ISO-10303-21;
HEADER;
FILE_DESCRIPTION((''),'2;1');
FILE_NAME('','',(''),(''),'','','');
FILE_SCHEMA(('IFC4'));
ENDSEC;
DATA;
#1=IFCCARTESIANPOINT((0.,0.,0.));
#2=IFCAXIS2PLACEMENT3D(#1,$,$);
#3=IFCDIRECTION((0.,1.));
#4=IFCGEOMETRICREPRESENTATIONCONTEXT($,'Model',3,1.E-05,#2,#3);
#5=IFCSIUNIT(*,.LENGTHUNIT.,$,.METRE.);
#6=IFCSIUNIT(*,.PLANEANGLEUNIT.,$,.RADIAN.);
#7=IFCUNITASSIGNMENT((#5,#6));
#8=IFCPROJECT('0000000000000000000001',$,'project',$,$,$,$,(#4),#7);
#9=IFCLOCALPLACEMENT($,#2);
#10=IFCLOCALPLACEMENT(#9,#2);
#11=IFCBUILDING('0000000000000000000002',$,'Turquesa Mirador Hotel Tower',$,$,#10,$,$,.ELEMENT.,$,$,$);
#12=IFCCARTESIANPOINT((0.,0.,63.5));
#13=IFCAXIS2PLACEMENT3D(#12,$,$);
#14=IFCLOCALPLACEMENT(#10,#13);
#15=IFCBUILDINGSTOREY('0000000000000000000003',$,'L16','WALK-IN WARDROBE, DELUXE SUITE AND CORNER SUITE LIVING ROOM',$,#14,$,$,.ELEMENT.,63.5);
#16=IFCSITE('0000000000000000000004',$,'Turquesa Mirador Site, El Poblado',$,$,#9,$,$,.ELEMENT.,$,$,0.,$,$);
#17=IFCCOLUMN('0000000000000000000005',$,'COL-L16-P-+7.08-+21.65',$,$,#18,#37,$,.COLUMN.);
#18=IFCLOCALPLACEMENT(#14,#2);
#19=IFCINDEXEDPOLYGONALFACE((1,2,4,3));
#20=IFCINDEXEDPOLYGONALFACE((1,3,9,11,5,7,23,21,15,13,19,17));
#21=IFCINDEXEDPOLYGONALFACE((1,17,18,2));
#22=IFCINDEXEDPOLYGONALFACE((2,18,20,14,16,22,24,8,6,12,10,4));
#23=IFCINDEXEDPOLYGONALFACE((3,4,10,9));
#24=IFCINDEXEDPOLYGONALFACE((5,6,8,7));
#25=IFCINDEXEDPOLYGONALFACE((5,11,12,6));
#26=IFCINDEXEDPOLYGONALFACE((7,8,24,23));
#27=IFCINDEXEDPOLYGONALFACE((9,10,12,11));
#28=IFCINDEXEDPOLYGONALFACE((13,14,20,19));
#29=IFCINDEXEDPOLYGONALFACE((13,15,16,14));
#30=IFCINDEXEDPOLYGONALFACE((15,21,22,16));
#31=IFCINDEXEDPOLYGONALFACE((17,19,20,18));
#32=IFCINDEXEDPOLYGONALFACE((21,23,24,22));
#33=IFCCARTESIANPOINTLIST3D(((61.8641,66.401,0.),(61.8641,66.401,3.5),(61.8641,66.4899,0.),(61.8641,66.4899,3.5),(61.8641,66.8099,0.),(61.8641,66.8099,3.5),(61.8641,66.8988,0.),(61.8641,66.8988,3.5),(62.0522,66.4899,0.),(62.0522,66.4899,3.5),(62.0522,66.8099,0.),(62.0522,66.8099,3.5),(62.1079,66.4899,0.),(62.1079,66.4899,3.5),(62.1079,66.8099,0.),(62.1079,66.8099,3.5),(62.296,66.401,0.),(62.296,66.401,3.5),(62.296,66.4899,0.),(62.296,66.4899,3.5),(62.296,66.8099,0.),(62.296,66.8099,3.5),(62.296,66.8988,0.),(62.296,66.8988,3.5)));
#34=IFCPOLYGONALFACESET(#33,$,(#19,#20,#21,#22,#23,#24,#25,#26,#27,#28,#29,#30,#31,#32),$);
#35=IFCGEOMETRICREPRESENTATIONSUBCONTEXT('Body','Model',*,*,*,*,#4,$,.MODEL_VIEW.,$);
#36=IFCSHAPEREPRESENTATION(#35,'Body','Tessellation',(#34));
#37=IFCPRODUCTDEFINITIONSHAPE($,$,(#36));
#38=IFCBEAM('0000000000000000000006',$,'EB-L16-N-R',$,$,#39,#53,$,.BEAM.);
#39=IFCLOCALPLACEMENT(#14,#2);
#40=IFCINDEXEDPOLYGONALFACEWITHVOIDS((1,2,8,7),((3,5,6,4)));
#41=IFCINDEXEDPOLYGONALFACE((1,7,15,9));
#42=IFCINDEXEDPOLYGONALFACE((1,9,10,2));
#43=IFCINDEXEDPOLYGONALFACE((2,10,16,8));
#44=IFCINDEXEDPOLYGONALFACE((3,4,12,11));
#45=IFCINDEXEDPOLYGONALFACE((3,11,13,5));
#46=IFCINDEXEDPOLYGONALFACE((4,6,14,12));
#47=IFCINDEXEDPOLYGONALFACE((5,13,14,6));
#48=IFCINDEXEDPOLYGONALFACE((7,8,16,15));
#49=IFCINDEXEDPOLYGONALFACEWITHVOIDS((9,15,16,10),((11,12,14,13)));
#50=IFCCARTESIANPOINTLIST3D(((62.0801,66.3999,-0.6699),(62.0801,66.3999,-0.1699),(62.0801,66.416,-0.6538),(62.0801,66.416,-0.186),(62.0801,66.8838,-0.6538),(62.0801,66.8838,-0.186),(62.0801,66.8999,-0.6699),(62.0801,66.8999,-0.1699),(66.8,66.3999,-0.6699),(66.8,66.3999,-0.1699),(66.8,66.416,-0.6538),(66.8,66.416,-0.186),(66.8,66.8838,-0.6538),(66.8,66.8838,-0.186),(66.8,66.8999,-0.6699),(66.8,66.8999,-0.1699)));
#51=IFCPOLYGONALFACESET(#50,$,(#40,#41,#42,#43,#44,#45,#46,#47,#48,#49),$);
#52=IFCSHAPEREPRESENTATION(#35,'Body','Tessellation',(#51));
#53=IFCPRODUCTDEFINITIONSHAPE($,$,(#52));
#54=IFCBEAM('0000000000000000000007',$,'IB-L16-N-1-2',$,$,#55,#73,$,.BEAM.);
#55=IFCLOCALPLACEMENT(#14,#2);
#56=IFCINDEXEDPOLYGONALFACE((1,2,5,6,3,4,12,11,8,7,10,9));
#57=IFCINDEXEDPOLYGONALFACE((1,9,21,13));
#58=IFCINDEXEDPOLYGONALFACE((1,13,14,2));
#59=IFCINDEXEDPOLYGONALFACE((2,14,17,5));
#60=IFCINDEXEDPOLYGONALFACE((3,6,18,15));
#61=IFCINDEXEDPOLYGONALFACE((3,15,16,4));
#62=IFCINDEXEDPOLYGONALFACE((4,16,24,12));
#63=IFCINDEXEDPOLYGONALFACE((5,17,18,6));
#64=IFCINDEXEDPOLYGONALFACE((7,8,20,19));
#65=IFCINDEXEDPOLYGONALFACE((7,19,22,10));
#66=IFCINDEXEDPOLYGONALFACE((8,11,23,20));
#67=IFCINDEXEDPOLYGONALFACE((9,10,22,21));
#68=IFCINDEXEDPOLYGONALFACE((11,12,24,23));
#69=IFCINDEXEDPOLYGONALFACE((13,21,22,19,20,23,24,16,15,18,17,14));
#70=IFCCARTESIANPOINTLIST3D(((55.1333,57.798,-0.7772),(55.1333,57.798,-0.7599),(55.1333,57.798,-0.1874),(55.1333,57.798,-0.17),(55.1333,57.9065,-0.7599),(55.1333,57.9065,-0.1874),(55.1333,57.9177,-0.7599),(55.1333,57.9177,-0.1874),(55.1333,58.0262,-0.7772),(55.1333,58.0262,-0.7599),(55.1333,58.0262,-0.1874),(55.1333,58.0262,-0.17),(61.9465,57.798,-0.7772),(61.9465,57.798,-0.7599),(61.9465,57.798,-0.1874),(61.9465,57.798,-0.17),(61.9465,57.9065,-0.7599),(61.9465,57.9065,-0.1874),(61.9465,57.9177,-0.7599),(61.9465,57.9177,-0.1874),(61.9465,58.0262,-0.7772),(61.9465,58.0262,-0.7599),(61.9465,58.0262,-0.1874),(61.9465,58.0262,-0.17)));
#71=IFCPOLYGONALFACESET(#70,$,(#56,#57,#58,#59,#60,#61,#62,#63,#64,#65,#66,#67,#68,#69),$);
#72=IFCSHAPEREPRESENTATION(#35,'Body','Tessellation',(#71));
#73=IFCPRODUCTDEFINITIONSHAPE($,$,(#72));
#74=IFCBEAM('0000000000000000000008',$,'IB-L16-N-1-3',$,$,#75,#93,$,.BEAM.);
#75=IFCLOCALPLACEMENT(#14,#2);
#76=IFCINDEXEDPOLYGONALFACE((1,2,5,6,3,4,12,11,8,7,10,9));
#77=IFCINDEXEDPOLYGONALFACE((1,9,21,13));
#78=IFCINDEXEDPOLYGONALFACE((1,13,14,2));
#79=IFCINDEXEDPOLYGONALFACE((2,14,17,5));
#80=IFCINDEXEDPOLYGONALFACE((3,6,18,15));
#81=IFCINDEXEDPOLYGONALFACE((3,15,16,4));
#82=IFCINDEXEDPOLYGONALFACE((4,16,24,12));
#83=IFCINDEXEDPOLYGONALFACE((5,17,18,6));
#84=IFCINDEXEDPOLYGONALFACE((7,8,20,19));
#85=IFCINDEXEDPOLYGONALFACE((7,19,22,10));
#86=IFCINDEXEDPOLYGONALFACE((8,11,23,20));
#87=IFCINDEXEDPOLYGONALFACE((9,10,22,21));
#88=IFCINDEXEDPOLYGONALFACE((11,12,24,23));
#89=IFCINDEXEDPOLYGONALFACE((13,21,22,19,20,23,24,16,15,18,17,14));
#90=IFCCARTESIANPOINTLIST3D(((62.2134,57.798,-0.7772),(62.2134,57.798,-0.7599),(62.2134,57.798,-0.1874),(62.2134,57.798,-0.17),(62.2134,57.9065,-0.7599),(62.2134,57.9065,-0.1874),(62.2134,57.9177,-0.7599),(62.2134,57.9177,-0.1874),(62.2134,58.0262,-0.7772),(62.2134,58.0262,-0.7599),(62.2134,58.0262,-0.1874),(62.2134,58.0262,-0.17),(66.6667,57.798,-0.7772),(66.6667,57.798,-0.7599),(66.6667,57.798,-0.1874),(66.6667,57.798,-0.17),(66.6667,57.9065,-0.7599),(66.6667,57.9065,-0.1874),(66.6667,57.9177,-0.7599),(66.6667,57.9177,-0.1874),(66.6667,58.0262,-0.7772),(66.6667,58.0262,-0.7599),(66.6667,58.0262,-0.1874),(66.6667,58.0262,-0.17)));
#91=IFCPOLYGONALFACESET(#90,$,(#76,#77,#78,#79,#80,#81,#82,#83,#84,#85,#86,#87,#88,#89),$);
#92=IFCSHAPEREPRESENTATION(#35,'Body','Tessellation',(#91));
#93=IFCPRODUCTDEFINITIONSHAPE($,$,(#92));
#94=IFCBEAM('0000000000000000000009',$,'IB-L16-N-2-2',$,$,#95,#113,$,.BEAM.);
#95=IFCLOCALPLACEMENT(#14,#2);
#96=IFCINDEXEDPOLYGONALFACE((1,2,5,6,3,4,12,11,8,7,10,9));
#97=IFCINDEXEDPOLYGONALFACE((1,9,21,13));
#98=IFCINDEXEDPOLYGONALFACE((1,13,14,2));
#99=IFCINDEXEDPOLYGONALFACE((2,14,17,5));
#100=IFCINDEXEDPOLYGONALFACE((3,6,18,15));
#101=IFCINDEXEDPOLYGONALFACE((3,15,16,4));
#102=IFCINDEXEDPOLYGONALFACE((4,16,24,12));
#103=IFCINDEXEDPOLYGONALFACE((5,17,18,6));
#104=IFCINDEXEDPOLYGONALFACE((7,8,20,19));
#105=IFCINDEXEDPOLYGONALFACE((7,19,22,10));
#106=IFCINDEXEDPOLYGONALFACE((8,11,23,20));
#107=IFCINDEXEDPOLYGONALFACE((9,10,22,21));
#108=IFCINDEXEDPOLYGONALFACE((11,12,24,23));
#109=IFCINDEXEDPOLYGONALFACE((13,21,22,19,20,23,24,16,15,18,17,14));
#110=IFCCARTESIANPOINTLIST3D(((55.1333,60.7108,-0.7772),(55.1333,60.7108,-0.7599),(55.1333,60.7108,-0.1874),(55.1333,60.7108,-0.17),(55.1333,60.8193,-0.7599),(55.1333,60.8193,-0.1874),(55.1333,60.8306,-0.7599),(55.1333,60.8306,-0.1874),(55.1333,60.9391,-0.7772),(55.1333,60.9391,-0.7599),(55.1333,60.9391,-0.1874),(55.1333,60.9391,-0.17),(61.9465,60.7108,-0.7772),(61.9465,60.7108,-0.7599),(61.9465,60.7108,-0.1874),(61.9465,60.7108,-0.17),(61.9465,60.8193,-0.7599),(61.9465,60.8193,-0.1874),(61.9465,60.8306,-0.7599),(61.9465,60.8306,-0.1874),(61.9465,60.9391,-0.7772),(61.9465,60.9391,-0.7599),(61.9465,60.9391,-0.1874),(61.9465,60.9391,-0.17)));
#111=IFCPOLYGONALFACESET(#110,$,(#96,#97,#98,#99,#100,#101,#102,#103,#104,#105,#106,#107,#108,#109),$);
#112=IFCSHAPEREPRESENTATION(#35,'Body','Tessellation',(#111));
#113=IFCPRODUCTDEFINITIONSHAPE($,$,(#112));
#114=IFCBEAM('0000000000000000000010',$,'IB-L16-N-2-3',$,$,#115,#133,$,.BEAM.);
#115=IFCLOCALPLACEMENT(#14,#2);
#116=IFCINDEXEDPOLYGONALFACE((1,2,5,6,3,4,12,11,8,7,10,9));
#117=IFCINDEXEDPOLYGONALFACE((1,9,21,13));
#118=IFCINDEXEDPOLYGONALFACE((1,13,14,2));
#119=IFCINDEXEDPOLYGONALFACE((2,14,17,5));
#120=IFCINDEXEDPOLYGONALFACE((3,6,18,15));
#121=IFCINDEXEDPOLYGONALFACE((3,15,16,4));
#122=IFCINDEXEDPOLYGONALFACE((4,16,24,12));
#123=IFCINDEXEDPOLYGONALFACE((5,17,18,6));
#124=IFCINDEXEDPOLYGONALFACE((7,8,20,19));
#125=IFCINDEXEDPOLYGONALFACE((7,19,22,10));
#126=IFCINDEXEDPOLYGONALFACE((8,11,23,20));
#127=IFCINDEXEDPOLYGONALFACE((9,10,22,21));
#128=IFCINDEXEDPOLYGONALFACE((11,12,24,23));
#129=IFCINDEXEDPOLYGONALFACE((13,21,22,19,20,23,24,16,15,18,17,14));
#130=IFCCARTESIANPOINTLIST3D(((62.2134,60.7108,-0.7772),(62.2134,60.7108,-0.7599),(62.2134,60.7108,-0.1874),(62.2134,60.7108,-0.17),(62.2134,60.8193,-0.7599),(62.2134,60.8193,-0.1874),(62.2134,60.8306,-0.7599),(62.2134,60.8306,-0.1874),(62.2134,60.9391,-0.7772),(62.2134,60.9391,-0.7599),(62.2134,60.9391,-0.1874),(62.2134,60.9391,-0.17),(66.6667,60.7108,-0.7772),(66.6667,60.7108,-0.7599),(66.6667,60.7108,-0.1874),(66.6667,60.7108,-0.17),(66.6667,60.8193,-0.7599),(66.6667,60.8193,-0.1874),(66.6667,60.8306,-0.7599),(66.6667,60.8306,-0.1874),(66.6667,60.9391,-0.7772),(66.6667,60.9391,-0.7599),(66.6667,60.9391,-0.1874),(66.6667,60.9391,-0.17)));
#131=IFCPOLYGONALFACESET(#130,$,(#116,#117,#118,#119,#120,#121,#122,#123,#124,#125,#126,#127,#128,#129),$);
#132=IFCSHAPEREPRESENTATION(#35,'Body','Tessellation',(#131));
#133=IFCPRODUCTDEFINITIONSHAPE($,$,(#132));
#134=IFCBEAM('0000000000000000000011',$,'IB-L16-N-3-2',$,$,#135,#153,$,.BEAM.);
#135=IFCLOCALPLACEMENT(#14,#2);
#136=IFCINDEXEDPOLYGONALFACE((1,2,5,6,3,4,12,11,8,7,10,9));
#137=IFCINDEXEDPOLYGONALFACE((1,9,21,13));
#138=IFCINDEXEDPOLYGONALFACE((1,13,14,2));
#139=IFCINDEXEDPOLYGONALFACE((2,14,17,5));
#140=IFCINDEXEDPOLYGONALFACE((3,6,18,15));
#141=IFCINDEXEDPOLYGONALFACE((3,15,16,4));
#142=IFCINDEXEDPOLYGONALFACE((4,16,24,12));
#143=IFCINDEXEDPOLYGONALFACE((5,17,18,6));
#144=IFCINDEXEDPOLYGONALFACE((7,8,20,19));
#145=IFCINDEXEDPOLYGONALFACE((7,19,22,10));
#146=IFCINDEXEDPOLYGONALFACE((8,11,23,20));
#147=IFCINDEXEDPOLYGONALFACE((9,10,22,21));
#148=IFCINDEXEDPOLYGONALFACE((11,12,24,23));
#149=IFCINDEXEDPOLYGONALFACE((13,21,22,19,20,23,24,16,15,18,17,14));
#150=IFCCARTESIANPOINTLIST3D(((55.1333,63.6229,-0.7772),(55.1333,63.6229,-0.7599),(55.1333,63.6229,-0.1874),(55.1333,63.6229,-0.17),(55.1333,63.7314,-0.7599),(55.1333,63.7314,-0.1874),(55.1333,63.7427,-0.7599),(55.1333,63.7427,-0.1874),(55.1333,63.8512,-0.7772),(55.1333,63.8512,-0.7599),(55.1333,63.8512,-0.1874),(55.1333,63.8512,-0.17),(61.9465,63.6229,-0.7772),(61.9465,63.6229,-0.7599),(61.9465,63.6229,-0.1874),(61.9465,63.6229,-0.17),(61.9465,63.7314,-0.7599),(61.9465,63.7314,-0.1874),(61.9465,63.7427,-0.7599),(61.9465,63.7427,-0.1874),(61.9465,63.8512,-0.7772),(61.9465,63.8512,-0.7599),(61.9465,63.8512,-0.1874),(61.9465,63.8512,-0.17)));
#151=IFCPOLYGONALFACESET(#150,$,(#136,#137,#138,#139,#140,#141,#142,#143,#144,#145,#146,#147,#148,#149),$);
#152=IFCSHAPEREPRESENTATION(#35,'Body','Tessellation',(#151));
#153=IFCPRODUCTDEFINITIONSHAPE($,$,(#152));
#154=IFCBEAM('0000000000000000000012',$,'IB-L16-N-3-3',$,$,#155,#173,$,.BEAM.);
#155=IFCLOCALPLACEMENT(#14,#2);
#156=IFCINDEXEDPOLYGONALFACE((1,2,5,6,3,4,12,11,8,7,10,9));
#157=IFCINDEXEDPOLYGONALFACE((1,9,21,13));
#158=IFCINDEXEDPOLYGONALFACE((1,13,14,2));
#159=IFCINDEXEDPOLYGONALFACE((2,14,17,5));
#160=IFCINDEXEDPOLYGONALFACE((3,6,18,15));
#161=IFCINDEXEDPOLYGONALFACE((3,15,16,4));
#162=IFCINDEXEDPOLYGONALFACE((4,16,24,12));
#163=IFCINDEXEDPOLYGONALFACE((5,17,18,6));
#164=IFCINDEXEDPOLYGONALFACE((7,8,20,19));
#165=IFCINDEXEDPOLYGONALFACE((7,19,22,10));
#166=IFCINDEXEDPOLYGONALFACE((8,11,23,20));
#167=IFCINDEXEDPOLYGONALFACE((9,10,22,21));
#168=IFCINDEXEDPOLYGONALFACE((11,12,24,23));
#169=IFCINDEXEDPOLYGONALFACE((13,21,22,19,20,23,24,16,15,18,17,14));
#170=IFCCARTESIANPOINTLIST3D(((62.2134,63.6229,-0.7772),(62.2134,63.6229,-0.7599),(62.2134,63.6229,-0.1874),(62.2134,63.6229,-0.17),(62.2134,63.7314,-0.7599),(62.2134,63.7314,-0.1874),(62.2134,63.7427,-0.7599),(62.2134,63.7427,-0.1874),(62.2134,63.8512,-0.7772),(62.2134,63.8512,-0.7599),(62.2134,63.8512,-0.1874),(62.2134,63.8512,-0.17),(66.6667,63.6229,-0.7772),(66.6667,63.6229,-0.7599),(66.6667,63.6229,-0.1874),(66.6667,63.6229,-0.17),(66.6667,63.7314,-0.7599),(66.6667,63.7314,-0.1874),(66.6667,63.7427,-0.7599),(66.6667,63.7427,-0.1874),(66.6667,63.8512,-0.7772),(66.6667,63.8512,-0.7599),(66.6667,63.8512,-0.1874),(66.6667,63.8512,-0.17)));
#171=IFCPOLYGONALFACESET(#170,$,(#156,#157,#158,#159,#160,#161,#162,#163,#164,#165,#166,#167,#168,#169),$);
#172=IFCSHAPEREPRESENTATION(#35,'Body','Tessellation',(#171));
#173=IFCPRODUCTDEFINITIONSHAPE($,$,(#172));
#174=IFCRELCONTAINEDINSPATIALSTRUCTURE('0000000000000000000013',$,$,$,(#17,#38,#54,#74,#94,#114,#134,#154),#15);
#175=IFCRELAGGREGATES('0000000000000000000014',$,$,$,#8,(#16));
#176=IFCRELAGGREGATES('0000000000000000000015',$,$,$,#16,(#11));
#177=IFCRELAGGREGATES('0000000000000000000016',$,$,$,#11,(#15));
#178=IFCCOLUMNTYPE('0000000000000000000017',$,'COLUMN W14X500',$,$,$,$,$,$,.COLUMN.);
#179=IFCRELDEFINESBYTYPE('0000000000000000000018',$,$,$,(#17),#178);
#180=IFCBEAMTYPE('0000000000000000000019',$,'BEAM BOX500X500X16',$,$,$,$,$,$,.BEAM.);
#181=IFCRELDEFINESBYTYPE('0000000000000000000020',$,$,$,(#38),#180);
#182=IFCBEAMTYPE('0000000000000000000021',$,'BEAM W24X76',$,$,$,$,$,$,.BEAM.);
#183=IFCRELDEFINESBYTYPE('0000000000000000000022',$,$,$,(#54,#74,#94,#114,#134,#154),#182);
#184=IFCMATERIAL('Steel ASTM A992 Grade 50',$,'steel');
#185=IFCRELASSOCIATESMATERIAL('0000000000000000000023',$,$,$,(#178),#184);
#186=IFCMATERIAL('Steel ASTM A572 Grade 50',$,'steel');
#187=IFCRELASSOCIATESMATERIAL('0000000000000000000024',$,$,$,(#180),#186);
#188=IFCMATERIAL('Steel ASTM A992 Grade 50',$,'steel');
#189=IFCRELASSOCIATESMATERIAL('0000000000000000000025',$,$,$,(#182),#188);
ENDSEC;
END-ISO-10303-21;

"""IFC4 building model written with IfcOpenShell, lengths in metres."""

from ifc_helpers import new_model, si_unit, direction, frame, origin, origin_2d, place, context, subcontext, project, spatial, hollow_rectangle, i_section, extrude, material, material_profile, profile_set, type_object, element, save


model = new_model("IFC4")

# Units and contexts
model_context = context("Model", 3, precision=1e-05, world=origin(), true_north=direction((0.0, 1.0)))
body_context = subcontext(model_context, "Body", "Model", "MODEL_VIEW")
ifc_project = project(units=[si_unit("LENGTHUNIT", "METRE"), si_unit("PLANEANGLEUNIT", "RADIAN")], contexts=[model_context])

# Site, building, storey
site_placement = place(None, origin())
site = spatial("IfcSite", under=ifc_project, at=site_placement, Name="Turquesa Mirador Site, El Poblado", CompositionType="ELEMENT", RefElevation=0.0)
building_placement = place(site_placement, origin())
building = spatial("IfcBuilding", under=site, at=building_placement, Name="Turquesa Mirador Hotel Tower", CompositionType="ELEMENT")
storey_placement = place(building_placement, frame((0.0, 0.0, 63.5)))
storey = spatial("IfcBuildingStorey", under=building, at=storey_placement, Name="L16", Description="WALK-IN WARDROBE, DELUXE SUITE AND CORNER SUITE LIVING ROOM", CompositionType="ELEMENT", Elevation=63.5)

# Column
ifc_material_1 = material(Name="Steel ASTM A992 Grade 50", Category="steel")
ifc_material_profile_1 = material_profile(ifc_material_1, i_section(OverallWidth=0.4319, OverallDepth=0.4978, WebThickness=0.0557, FlangeThickness=0.0889, at=origin_2d()), Name="W14X500")
ifc_profile_set_1 = profile_set([ifc_material_profile_1], Name="Steel ASTM A992 Grade 50")
column_type = type_object("IfcColumnType", Name="COLUMN W14X500", PredefinedType="COLUMN", material=ifc_profile_set_1)
column_placement = place(storey_placement, frame((62.0801, 66.6499, 0.0), z_axis=(0.0, 0.0, 1.0), x_axis=(1.0, 0.0, 0.0)))
element("IfcColumn", 1, at=column_placement, inside=storey, type_object=column_type, Name="COL-L16-P-+7.08-+21.65", PredefinedType="COLUMN", context=body_context, shape_type="SweptSolid", body=[
    extrude(i_section(OverallWidth=0.4319, OverallDepth=0.4978, WebThickness=0.0557, FlangeThickness=0.0889, at=origin_2d()), origin(), (0.0, 0.0, 1.0), 3.5),
])

# Beams
ifc_material_2 = material(Name="Steel ASTM A572 Grade 50", Category="steel")
ifc_material_profile_2 = material_profile(ifc_material_2, hollow_rectangle(XDim=0.5, YDim=0.5, WallThickness=0.0161, at=origin_2d()), Name="BOX500X500X16")
ifc_profile_set_2 = profile_set([ifc_material_profile_2], Name="Steel ASTM A572 Grade 50")
beam_type_1 = type_object("IfcBeamType", Name="BEAM BOX500X500X16", PredefinedType="BEAM", material=ifc_profile_set_2)
beam_1_placement = place(storey_placement, frame((62.0801, 66.6499, -0.4199), z_axis=(1.0, 0.0, 0.0), x_axis=(0.0, 1.0, 0.0)))
element("IfcBeam", 2, at=beam_1_placement, inside=storey, type_object=beam_type_1, Name="EB-L16-N-R", PredefinedType="BEAM", context=body_context, shape_type="SweptSolid", body=[
    extrude(hollow_rectangle(XDim=0.5, YDim=0.5, WallThickness=0.0161, at=origin_2d()), origin(), (0.0, 0.0, 1.0), 4.72),
])
ifc_material_3 = material(Name="Steel ASTM A992 Grade 50", Category="steel")
ifc_material_profile_3 = material_profile(ifc_material_3, i_section(OverallWidth=0.2283, OverallDepth=0.6072, WebThickness=0.0112, FlangeThickness=0.0173, at=origin_2d()), Name="W24X76")
ifc_profile_set_3 = profile_set([ifc_material_profile_3], Name="Steel ASTM A992 Grade 50")
beam_type_2 = type_object("IfcBeamType", Name="BEAM W24X76", PredefinedType="BEAM", material=ifc_profile_set_3)
beam_2_placement = place(storey_placement, frame((55.1333, 57.9121, -0.4736), z_axis=(1.0, 0.0, 0.0), x_axis=(0.0, 1.0, 0.0)))
element("IfcBeam", 3, at=beam_2_placement, inside=storey, type_object=beam_type_2, Name="IB-L16-N-1-2", PredefinedType="BEAM", context=body_context, shape_type="SweptSolid", body=[
    extrude(i_section(OverallWidth=0.2283, OverallDepth=0.6072, WebThickness=0.0112, FlangeThickness=0.0173, at=origin_2d()), origin(), (0.0, 0.0, 1.0), 6.8132),
])
beam_3_placement = place(storey_placement, frame((62.2134, 57.9121, -0.4736), z_axis=(1.0, 0.0, 0.0), x_axis=(0.0, 1.0, 0.0)))
element("IfcBeam", 4, at=beam_3_placement, inside=storey, type_object=beam_type_2, Name="IB-L16-N-1-3", PredefinedType="BEAM", context=body_context, shape_type="SweptSolid", body=[
    extrude(i_section(OverallWidth=0.2283, OverallDepth=0.6072, WebThickness=0.0112, FlangeThickness=0.0173, at=origin_2d()), origin(), (0.0, 0.0, 1.0), 4.4534),
])
beam_4_placement = place(storey_placement, frame((55.1333, 60.825, -0.4736), z_axis=(1.0, 0.0, 0.0), x_axis=(0.0, 1.0, 0.0)))
element("IfcBeam", 5, at=beam_4_placement, inside=storey, type_object=beam_type_2, Name="IB-L16-N-2-2", PredefinedType="BEAM", context=body_context, shape_type="SweptSolid", body=[
    extrude(i_section(OverallWidth=0.2283, OverallDepth=0.6072, WebThickness=0.0112, FlangeThickness=0.0173, at=origin_2d()), origin(), (0.0, 0.0, 1.0), 6.8132),
])
beam_5_placement = place(storey_placement, frame((62.2134, 60.825, -0.4736), z_axis=(1.0, 0.0, 0.0), x_axis=(0.0, 1.0, 0.0)))
element("IfcBeam", 6, at=beam_5_placement, inside=storey, type_object=beam_type_2, Name="IB-L16-N-2-3", PredefinedType="BEAM", context=body_context, shape_type="SweptSolid", body=[
    extrude(i_section(OverallWidth=0.2283, OverallDepth=0.6072, WebThickness=0.0112, FlangeThickness=0.0173, at=origin_2d()), origin(), (0.0, 0.0, 1.0), 4.4534),
])
beam_6_placement = place(storey_placement, frame((55.1333, 63.7371, -0.4736), z_axis=(1.0, 0.0, 0.0), x_axis=(0.0, 1.0, 0.0)))
element("IfcBeam", 7, at=beam_6_placement, inside=storey, type_object=beam_type_2, Name="IB-L16-N-3-2", PredefinedType="BEAM", context=body_context, shape_type="SweptSolid", body=[
    extrude(i_section(OverallWidth=0.2283, OverallDepth=0.6072, WebThickness=0.0112, FlangeThickness=0.0173, at=origin_2d()), origin(), (0.0, 0.0, 1.0), 6.8132),
])
beam_7_placement = place(storey_placement, frame((62.2134, 63.7371, -0.4736), z_axis=(1.0, 0.0, 0.0), x_axis=(0.0, 1.0, 0.0)))
element("IfcBeam", 8, at=beam_7_placement, inside=storey, type_object=beam_type_2, Name="IB-L16-N-3-3", PredefinedType="BEAM", context=body_context, shape_type="SweptSolid", body=[
    extrude(i_section(OverallWidth=0.2283, OverallDepth=0.6072, WebThickness=0.0112, FlangeThickness=0.0173, at=origin_2d()), origin(), (0.0, 0.0, 1.0), 4.4534),
])

save(model, "model.ifc")
